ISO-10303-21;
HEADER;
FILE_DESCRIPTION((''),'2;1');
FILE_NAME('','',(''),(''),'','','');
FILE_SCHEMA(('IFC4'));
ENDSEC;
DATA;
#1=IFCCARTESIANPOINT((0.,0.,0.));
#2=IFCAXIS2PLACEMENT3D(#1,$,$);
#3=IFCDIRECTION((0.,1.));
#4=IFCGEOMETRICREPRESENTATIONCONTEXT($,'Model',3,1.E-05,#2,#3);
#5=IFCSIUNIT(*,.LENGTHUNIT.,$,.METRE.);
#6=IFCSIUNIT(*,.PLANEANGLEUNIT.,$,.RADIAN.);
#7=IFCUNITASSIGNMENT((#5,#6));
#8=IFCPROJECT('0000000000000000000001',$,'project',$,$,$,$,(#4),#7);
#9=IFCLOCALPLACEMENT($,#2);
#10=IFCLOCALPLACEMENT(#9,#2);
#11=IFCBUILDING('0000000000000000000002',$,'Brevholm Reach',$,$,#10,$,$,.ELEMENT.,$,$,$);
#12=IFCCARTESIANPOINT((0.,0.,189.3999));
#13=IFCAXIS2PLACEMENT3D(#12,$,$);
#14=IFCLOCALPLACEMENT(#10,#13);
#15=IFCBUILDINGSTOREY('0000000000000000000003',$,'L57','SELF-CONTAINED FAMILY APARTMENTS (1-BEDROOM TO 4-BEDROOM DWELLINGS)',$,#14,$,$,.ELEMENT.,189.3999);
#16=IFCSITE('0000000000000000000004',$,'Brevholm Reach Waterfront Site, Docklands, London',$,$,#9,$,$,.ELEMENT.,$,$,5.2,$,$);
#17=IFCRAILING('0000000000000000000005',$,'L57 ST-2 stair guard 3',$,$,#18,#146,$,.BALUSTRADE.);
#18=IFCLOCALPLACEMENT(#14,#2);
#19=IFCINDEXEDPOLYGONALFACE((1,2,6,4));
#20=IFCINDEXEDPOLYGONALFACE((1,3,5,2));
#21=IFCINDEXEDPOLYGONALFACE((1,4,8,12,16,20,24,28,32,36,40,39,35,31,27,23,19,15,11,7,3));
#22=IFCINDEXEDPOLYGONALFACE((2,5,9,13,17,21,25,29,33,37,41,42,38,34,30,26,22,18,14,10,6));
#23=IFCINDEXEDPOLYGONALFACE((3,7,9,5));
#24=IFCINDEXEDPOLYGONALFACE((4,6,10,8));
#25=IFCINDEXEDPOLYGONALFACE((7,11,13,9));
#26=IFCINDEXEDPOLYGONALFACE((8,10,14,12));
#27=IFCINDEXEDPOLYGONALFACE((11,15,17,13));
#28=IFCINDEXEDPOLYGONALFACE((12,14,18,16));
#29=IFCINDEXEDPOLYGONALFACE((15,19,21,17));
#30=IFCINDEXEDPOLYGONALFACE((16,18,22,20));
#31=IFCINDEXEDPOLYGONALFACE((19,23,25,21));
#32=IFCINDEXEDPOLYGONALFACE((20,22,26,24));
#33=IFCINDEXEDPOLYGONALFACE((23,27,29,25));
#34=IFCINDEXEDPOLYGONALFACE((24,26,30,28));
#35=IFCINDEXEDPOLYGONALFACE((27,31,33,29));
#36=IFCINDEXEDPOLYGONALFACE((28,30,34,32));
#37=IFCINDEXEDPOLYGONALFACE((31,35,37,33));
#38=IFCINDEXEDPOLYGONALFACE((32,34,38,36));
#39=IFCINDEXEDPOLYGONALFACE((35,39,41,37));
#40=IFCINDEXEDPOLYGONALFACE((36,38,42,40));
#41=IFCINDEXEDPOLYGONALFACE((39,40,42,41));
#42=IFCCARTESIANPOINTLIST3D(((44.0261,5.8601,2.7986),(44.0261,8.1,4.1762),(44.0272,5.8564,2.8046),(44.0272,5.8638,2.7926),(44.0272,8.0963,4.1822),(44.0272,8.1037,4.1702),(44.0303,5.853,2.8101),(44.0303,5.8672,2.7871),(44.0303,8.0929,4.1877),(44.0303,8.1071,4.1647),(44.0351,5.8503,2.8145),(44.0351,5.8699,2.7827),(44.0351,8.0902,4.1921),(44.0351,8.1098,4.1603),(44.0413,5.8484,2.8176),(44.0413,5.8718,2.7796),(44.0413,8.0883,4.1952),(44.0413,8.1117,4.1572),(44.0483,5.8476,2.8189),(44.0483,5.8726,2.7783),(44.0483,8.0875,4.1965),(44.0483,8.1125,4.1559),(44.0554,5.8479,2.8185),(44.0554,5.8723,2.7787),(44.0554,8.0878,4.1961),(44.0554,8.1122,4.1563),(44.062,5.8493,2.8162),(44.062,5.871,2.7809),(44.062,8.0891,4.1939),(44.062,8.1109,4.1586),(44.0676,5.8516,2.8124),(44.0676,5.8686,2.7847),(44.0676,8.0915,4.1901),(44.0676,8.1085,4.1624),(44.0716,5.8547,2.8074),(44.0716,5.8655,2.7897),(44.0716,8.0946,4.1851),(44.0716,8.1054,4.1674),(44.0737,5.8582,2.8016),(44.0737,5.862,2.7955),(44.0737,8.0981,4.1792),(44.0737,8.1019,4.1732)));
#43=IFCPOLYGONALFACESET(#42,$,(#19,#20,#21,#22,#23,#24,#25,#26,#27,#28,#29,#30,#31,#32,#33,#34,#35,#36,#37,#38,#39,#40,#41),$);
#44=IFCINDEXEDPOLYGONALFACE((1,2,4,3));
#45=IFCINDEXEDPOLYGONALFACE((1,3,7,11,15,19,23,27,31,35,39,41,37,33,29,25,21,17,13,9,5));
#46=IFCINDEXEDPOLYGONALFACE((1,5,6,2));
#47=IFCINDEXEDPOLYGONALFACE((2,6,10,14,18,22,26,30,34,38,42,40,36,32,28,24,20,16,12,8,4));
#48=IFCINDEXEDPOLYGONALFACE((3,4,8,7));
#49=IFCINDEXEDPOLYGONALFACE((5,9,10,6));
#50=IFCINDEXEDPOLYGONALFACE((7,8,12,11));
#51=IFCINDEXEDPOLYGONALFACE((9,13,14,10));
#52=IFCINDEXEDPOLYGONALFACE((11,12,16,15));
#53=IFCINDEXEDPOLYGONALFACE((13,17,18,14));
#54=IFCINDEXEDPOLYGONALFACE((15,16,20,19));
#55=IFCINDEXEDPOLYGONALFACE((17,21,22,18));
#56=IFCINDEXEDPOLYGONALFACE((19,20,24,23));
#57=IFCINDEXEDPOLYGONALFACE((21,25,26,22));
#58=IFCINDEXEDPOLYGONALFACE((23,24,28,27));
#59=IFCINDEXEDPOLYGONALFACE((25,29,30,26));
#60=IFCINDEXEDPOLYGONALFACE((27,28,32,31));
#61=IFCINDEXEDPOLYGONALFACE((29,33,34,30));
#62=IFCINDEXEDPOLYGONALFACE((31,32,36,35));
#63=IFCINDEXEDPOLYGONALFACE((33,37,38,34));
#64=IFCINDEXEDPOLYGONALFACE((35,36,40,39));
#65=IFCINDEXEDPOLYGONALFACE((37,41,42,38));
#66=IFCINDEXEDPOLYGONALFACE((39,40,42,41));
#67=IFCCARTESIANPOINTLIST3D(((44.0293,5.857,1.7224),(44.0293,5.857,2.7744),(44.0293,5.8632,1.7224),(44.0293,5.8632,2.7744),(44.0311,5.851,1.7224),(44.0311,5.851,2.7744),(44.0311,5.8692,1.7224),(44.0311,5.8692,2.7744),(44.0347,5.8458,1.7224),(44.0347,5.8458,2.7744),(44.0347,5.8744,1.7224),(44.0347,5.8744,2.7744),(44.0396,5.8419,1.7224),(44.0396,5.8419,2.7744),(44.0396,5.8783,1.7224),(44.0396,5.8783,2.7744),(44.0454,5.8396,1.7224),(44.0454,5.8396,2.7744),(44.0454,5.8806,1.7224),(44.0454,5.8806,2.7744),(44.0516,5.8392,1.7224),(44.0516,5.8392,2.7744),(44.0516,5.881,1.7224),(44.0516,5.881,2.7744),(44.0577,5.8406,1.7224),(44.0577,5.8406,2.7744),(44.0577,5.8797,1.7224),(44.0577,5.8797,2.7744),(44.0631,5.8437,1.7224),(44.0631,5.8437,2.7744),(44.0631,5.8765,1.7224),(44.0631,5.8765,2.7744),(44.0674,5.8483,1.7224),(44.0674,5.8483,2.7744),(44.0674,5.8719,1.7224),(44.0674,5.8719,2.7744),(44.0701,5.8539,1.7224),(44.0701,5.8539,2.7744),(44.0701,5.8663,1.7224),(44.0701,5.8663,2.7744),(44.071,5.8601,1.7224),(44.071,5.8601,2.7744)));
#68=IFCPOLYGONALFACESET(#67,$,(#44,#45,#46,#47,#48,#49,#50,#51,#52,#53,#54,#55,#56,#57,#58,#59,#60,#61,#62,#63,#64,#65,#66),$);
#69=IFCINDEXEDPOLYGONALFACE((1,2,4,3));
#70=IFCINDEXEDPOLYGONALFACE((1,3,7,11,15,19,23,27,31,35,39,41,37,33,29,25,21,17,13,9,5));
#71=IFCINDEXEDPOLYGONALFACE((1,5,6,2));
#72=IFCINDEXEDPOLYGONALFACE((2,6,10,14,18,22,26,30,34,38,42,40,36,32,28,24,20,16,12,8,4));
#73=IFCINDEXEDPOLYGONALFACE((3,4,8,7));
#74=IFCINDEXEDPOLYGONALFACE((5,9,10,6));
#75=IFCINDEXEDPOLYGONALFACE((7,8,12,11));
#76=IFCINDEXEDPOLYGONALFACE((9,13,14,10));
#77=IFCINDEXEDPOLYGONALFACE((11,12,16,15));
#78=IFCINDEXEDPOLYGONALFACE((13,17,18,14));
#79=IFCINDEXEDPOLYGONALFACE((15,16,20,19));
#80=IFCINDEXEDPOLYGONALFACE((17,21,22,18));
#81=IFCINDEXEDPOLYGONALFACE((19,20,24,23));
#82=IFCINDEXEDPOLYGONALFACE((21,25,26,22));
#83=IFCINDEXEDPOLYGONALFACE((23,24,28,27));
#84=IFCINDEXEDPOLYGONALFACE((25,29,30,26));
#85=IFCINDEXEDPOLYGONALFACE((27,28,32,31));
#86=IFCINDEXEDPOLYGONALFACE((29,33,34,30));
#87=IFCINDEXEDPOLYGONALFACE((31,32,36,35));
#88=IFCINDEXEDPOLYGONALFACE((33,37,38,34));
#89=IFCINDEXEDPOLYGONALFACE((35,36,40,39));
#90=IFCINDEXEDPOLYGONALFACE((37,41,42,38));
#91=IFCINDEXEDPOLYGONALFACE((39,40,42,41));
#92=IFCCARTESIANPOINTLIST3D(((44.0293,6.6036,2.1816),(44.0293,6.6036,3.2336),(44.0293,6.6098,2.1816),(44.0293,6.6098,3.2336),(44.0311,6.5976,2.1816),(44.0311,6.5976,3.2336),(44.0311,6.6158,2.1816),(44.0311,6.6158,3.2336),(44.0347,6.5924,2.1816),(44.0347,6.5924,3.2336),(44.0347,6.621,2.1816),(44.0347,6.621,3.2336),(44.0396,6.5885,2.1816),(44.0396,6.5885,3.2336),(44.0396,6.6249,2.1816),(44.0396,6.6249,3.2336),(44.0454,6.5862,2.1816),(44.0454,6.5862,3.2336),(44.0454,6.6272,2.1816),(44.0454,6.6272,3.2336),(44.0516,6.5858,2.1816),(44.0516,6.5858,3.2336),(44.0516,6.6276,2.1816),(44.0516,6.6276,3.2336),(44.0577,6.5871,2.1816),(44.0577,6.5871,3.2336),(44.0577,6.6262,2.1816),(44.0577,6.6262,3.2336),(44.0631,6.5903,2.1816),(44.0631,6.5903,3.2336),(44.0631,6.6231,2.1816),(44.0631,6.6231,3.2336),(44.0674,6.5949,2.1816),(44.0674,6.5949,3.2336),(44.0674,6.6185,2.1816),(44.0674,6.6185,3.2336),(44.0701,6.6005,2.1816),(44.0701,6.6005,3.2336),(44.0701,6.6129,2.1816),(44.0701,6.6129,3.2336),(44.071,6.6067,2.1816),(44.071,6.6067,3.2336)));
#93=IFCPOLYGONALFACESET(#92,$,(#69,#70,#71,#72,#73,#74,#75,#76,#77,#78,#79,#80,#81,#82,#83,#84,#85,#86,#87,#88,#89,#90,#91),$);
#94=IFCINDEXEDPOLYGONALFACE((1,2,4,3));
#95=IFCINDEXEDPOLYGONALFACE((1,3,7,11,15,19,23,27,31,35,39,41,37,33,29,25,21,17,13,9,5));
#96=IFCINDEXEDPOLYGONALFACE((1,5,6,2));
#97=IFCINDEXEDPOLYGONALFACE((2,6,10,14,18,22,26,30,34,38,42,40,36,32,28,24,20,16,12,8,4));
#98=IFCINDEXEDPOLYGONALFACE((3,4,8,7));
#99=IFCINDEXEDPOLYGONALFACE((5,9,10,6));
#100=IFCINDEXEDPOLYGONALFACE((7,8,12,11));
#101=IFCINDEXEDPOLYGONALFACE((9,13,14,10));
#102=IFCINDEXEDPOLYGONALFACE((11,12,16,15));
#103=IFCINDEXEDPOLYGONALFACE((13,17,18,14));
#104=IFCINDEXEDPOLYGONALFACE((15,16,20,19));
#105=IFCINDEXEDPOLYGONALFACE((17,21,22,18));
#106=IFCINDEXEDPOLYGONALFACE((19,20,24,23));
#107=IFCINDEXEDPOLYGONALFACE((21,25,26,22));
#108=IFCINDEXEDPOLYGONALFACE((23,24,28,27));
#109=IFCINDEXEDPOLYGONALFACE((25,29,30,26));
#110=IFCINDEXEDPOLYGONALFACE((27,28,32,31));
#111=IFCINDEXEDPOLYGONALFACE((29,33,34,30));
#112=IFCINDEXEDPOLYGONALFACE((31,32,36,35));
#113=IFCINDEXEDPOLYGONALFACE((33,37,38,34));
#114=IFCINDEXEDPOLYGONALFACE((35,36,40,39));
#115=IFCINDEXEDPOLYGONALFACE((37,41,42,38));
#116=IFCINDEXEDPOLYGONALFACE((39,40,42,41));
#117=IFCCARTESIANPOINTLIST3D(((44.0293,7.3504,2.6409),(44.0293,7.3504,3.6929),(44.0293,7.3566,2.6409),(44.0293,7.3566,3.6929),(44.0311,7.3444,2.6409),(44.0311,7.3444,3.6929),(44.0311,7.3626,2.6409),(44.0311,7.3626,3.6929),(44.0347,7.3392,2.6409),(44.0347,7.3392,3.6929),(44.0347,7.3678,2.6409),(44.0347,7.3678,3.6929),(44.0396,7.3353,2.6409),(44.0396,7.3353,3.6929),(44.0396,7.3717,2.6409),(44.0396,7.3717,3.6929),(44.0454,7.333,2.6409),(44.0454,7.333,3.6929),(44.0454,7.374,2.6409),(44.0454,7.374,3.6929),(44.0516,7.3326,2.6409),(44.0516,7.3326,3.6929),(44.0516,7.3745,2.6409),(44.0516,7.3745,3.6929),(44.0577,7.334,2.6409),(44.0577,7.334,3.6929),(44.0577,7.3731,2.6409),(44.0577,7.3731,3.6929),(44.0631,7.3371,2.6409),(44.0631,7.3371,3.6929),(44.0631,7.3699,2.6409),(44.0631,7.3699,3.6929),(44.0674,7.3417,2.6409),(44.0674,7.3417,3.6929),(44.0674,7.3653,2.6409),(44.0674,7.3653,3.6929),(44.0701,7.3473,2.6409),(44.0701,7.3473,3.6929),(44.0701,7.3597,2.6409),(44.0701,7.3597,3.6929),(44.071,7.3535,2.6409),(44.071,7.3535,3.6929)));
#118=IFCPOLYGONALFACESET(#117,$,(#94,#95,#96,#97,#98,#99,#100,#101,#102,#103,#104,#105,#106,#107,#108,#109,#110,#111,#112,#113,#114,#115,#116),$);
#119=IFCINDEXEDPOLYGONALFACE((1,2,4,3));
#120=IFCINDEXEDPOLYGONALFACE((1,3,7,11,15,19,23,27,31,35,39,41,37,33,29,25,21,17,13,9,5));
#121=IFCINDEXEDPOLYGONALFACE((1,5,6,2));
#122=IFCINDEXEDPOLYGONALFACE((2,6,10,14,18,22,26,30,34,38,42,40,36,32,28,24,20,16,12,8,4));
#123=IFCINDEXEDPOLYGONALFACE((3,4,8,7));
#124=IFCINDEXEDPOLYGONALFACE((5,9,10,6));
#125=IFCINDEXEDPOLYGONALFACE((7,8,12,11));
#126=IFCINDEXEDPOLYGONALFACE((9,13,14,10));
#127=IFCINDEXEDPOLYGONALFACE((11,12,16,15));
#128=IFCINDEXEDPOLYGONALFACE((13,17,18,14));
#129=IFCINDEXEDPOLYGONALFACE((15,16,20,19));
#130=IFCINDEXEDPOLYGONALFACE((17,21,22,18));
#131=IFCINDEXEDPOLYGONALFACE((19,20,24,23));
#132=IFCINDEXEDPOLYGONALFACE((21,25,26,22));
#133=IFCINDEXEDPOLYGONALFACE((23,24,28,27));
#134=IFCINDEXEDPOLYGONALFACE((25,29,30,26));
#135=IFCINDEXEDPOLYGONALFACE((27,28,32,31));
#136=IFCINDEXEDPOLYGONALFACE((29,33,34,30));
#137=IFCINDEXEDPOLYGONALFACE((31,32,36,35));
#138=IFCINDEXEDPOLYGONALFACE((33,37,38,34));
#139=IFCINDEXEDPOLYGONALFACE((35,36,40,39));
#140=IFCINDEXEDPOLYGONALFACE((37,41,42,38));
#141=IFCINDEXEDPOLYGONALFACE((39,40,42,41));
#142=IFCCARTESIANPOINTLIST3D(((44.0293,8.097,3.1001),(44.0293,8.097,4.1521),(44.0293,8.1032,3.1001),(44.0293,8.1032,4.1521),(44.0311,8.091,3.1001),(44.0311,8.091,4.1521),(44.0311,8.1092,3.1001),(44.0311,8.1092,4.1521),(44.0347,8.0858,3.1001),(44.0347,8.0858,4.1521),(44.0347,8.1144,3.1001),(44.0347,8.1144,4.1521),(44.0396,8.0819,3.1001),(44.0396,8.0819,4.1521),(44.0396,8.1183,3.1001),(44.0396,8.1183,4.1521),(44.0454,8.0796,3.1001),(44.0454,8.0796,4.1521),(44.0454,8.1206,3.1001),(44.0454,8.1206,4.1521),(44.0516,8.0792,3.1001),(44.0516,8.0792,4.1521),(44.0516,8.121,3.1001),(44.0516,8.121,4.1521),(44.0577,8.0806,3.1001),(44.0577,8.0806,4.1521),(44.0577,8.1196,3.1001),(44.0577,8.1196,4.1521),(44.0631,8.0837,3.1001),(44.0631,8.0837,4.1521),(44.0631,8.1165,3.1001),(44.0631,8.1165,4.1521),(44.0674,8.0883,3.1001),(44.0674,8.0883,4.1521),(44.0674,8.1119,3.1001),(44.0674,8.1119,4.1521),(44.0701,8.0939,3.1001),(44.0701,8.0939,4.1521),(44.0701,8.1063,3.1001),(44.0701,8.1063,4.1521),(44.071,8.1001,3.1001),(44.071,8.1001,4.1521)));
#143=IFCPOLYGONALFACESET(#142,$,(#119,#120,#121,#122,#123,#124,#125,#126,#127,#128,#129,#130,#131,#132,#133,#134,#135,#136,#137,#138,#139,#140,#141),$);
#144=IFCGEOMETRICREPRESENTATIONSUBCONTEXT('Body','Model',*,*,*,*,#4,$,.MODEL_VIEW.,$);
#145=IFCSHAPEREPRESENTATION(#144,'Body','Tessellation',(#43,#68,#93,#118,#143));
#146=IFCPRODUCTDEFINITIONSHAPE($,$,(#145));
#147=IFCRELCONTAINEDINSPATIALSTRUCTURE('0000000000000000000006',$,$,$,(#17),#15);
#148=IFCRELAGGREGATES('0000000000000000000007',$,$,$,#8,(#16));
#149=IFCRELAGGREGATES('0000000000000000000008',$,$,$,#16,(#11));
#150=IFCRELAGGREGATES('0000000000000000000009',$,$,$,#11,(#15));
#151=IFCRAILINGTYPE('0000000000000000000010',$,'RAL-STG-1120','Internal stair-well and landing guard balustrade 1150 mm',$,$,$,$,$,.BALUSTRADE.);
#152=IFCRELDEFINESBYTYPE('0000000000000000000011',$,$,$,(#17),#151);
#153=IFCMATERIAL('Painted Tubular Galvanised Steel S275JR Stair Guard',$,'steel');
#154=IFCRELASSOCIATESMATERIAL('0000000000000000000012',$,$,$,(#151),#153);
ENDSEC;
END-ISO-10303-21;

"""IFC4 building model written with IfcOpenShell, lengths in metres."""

from ifc_helpers import new_model, si_unit, direction, frame, origin, origin_2d, place, context, subcontext, project, spatial, circle, extrude, material, type_object, element, save


model = new_model("IFC4")

# Units and contexts
model_context = context("Model", 3, precision=1e-05, world=origin(), true_north=direction((0.0, 1.0)))
body_context = subcontext(model_context, "Body", "Model", "MODEL_VIEW")
ifc_project = project(units=[si_unit("LENGTHUNIT", "METRE"), si_unit("PLANEANGLEUNIT", "RADIAN")], contexts=[model_context])

# Site, building, storey
site_placement = place(None, origin())
site = spatial("IfcSite", under=ifc_project, at=site_placement, Name="Brevholm Reach Waterfront Site, Docklands, London", CompositionType="ELEMENT", RefElevation=5.2)
building_placement = place(site_placement, origin())
building = spatial("IfcBuilding", under=site, at=building_placement, Name="Brevholm Reach", CompositionType="ELEMENT")
storey_placement = place(building_placement, frame((0.0, 0.0, 189.3999)))
storey = spatial("IfcBuildingStorey", under=building, at=storey_placement, Name="L57", Description="SELF-CONTAINED FAMILY APARTMENTS (1-BEDROOM TO 4-BEDROOM DWELLINGS)", CompositionType="ELEMENT", Elevation=189.3999)

# Railing
ifc_material_1 = material(Name="Painted Tubular Galvanised Steel S275JR Stair Guard", Category="steel")
railing_type_1 = type_object("IfcRailingType", Name="RAL-STG-1120", Description="Internal stair-well and landing guard balustrade 1150 mm", PredefinedType="BALUSTRADE", material=ifc_material_1)
railing_1_placement = place(storey_placement, frame((44.05, 5.8601, 1.7224)))
element("IfcRailing", 1, at=railing_1_placement, inside=storey, type_object=railing_type_1, Name="L57 ST-2 stair guard 3", PredefinedType="BALUSTRADE", context=body_context, shape_type="SweptSolid", body=[
    extrude(circle(Radius=0.0239, at=origin_2d()), frame((0.0, 0.0, 1.0762), z_axis=(0.0, 0.851789, 0.523885), x_axis=(-1.0, 0.0, 0.0)), (0.0, 0.0, 1.0), 2.6296),
    extrude(circle(Radius=0.021, at=origin_2d()), origin(), (0.0, 0.0, 1.0), 1.052),
    extrude(circle(Radius=0.021, at=origin_2d()), frame((0.0, 0.7466, 0.4592)), (0.0, 0.0, 1.0), 1.052),
    extrude(circle(Radius=0.021, at=origin_2d()), frame((0.0, 1.4934, 0.9185)), (0.0, 0.0, 1.0), 1.052),
    extrude(circle(Radius=0.021, at=origin_2d()), frame((0.0, 2.24, 1.3777)), (0.0, 0.0, 1.0), 1.052),
])

save(model, "model.ifc")
